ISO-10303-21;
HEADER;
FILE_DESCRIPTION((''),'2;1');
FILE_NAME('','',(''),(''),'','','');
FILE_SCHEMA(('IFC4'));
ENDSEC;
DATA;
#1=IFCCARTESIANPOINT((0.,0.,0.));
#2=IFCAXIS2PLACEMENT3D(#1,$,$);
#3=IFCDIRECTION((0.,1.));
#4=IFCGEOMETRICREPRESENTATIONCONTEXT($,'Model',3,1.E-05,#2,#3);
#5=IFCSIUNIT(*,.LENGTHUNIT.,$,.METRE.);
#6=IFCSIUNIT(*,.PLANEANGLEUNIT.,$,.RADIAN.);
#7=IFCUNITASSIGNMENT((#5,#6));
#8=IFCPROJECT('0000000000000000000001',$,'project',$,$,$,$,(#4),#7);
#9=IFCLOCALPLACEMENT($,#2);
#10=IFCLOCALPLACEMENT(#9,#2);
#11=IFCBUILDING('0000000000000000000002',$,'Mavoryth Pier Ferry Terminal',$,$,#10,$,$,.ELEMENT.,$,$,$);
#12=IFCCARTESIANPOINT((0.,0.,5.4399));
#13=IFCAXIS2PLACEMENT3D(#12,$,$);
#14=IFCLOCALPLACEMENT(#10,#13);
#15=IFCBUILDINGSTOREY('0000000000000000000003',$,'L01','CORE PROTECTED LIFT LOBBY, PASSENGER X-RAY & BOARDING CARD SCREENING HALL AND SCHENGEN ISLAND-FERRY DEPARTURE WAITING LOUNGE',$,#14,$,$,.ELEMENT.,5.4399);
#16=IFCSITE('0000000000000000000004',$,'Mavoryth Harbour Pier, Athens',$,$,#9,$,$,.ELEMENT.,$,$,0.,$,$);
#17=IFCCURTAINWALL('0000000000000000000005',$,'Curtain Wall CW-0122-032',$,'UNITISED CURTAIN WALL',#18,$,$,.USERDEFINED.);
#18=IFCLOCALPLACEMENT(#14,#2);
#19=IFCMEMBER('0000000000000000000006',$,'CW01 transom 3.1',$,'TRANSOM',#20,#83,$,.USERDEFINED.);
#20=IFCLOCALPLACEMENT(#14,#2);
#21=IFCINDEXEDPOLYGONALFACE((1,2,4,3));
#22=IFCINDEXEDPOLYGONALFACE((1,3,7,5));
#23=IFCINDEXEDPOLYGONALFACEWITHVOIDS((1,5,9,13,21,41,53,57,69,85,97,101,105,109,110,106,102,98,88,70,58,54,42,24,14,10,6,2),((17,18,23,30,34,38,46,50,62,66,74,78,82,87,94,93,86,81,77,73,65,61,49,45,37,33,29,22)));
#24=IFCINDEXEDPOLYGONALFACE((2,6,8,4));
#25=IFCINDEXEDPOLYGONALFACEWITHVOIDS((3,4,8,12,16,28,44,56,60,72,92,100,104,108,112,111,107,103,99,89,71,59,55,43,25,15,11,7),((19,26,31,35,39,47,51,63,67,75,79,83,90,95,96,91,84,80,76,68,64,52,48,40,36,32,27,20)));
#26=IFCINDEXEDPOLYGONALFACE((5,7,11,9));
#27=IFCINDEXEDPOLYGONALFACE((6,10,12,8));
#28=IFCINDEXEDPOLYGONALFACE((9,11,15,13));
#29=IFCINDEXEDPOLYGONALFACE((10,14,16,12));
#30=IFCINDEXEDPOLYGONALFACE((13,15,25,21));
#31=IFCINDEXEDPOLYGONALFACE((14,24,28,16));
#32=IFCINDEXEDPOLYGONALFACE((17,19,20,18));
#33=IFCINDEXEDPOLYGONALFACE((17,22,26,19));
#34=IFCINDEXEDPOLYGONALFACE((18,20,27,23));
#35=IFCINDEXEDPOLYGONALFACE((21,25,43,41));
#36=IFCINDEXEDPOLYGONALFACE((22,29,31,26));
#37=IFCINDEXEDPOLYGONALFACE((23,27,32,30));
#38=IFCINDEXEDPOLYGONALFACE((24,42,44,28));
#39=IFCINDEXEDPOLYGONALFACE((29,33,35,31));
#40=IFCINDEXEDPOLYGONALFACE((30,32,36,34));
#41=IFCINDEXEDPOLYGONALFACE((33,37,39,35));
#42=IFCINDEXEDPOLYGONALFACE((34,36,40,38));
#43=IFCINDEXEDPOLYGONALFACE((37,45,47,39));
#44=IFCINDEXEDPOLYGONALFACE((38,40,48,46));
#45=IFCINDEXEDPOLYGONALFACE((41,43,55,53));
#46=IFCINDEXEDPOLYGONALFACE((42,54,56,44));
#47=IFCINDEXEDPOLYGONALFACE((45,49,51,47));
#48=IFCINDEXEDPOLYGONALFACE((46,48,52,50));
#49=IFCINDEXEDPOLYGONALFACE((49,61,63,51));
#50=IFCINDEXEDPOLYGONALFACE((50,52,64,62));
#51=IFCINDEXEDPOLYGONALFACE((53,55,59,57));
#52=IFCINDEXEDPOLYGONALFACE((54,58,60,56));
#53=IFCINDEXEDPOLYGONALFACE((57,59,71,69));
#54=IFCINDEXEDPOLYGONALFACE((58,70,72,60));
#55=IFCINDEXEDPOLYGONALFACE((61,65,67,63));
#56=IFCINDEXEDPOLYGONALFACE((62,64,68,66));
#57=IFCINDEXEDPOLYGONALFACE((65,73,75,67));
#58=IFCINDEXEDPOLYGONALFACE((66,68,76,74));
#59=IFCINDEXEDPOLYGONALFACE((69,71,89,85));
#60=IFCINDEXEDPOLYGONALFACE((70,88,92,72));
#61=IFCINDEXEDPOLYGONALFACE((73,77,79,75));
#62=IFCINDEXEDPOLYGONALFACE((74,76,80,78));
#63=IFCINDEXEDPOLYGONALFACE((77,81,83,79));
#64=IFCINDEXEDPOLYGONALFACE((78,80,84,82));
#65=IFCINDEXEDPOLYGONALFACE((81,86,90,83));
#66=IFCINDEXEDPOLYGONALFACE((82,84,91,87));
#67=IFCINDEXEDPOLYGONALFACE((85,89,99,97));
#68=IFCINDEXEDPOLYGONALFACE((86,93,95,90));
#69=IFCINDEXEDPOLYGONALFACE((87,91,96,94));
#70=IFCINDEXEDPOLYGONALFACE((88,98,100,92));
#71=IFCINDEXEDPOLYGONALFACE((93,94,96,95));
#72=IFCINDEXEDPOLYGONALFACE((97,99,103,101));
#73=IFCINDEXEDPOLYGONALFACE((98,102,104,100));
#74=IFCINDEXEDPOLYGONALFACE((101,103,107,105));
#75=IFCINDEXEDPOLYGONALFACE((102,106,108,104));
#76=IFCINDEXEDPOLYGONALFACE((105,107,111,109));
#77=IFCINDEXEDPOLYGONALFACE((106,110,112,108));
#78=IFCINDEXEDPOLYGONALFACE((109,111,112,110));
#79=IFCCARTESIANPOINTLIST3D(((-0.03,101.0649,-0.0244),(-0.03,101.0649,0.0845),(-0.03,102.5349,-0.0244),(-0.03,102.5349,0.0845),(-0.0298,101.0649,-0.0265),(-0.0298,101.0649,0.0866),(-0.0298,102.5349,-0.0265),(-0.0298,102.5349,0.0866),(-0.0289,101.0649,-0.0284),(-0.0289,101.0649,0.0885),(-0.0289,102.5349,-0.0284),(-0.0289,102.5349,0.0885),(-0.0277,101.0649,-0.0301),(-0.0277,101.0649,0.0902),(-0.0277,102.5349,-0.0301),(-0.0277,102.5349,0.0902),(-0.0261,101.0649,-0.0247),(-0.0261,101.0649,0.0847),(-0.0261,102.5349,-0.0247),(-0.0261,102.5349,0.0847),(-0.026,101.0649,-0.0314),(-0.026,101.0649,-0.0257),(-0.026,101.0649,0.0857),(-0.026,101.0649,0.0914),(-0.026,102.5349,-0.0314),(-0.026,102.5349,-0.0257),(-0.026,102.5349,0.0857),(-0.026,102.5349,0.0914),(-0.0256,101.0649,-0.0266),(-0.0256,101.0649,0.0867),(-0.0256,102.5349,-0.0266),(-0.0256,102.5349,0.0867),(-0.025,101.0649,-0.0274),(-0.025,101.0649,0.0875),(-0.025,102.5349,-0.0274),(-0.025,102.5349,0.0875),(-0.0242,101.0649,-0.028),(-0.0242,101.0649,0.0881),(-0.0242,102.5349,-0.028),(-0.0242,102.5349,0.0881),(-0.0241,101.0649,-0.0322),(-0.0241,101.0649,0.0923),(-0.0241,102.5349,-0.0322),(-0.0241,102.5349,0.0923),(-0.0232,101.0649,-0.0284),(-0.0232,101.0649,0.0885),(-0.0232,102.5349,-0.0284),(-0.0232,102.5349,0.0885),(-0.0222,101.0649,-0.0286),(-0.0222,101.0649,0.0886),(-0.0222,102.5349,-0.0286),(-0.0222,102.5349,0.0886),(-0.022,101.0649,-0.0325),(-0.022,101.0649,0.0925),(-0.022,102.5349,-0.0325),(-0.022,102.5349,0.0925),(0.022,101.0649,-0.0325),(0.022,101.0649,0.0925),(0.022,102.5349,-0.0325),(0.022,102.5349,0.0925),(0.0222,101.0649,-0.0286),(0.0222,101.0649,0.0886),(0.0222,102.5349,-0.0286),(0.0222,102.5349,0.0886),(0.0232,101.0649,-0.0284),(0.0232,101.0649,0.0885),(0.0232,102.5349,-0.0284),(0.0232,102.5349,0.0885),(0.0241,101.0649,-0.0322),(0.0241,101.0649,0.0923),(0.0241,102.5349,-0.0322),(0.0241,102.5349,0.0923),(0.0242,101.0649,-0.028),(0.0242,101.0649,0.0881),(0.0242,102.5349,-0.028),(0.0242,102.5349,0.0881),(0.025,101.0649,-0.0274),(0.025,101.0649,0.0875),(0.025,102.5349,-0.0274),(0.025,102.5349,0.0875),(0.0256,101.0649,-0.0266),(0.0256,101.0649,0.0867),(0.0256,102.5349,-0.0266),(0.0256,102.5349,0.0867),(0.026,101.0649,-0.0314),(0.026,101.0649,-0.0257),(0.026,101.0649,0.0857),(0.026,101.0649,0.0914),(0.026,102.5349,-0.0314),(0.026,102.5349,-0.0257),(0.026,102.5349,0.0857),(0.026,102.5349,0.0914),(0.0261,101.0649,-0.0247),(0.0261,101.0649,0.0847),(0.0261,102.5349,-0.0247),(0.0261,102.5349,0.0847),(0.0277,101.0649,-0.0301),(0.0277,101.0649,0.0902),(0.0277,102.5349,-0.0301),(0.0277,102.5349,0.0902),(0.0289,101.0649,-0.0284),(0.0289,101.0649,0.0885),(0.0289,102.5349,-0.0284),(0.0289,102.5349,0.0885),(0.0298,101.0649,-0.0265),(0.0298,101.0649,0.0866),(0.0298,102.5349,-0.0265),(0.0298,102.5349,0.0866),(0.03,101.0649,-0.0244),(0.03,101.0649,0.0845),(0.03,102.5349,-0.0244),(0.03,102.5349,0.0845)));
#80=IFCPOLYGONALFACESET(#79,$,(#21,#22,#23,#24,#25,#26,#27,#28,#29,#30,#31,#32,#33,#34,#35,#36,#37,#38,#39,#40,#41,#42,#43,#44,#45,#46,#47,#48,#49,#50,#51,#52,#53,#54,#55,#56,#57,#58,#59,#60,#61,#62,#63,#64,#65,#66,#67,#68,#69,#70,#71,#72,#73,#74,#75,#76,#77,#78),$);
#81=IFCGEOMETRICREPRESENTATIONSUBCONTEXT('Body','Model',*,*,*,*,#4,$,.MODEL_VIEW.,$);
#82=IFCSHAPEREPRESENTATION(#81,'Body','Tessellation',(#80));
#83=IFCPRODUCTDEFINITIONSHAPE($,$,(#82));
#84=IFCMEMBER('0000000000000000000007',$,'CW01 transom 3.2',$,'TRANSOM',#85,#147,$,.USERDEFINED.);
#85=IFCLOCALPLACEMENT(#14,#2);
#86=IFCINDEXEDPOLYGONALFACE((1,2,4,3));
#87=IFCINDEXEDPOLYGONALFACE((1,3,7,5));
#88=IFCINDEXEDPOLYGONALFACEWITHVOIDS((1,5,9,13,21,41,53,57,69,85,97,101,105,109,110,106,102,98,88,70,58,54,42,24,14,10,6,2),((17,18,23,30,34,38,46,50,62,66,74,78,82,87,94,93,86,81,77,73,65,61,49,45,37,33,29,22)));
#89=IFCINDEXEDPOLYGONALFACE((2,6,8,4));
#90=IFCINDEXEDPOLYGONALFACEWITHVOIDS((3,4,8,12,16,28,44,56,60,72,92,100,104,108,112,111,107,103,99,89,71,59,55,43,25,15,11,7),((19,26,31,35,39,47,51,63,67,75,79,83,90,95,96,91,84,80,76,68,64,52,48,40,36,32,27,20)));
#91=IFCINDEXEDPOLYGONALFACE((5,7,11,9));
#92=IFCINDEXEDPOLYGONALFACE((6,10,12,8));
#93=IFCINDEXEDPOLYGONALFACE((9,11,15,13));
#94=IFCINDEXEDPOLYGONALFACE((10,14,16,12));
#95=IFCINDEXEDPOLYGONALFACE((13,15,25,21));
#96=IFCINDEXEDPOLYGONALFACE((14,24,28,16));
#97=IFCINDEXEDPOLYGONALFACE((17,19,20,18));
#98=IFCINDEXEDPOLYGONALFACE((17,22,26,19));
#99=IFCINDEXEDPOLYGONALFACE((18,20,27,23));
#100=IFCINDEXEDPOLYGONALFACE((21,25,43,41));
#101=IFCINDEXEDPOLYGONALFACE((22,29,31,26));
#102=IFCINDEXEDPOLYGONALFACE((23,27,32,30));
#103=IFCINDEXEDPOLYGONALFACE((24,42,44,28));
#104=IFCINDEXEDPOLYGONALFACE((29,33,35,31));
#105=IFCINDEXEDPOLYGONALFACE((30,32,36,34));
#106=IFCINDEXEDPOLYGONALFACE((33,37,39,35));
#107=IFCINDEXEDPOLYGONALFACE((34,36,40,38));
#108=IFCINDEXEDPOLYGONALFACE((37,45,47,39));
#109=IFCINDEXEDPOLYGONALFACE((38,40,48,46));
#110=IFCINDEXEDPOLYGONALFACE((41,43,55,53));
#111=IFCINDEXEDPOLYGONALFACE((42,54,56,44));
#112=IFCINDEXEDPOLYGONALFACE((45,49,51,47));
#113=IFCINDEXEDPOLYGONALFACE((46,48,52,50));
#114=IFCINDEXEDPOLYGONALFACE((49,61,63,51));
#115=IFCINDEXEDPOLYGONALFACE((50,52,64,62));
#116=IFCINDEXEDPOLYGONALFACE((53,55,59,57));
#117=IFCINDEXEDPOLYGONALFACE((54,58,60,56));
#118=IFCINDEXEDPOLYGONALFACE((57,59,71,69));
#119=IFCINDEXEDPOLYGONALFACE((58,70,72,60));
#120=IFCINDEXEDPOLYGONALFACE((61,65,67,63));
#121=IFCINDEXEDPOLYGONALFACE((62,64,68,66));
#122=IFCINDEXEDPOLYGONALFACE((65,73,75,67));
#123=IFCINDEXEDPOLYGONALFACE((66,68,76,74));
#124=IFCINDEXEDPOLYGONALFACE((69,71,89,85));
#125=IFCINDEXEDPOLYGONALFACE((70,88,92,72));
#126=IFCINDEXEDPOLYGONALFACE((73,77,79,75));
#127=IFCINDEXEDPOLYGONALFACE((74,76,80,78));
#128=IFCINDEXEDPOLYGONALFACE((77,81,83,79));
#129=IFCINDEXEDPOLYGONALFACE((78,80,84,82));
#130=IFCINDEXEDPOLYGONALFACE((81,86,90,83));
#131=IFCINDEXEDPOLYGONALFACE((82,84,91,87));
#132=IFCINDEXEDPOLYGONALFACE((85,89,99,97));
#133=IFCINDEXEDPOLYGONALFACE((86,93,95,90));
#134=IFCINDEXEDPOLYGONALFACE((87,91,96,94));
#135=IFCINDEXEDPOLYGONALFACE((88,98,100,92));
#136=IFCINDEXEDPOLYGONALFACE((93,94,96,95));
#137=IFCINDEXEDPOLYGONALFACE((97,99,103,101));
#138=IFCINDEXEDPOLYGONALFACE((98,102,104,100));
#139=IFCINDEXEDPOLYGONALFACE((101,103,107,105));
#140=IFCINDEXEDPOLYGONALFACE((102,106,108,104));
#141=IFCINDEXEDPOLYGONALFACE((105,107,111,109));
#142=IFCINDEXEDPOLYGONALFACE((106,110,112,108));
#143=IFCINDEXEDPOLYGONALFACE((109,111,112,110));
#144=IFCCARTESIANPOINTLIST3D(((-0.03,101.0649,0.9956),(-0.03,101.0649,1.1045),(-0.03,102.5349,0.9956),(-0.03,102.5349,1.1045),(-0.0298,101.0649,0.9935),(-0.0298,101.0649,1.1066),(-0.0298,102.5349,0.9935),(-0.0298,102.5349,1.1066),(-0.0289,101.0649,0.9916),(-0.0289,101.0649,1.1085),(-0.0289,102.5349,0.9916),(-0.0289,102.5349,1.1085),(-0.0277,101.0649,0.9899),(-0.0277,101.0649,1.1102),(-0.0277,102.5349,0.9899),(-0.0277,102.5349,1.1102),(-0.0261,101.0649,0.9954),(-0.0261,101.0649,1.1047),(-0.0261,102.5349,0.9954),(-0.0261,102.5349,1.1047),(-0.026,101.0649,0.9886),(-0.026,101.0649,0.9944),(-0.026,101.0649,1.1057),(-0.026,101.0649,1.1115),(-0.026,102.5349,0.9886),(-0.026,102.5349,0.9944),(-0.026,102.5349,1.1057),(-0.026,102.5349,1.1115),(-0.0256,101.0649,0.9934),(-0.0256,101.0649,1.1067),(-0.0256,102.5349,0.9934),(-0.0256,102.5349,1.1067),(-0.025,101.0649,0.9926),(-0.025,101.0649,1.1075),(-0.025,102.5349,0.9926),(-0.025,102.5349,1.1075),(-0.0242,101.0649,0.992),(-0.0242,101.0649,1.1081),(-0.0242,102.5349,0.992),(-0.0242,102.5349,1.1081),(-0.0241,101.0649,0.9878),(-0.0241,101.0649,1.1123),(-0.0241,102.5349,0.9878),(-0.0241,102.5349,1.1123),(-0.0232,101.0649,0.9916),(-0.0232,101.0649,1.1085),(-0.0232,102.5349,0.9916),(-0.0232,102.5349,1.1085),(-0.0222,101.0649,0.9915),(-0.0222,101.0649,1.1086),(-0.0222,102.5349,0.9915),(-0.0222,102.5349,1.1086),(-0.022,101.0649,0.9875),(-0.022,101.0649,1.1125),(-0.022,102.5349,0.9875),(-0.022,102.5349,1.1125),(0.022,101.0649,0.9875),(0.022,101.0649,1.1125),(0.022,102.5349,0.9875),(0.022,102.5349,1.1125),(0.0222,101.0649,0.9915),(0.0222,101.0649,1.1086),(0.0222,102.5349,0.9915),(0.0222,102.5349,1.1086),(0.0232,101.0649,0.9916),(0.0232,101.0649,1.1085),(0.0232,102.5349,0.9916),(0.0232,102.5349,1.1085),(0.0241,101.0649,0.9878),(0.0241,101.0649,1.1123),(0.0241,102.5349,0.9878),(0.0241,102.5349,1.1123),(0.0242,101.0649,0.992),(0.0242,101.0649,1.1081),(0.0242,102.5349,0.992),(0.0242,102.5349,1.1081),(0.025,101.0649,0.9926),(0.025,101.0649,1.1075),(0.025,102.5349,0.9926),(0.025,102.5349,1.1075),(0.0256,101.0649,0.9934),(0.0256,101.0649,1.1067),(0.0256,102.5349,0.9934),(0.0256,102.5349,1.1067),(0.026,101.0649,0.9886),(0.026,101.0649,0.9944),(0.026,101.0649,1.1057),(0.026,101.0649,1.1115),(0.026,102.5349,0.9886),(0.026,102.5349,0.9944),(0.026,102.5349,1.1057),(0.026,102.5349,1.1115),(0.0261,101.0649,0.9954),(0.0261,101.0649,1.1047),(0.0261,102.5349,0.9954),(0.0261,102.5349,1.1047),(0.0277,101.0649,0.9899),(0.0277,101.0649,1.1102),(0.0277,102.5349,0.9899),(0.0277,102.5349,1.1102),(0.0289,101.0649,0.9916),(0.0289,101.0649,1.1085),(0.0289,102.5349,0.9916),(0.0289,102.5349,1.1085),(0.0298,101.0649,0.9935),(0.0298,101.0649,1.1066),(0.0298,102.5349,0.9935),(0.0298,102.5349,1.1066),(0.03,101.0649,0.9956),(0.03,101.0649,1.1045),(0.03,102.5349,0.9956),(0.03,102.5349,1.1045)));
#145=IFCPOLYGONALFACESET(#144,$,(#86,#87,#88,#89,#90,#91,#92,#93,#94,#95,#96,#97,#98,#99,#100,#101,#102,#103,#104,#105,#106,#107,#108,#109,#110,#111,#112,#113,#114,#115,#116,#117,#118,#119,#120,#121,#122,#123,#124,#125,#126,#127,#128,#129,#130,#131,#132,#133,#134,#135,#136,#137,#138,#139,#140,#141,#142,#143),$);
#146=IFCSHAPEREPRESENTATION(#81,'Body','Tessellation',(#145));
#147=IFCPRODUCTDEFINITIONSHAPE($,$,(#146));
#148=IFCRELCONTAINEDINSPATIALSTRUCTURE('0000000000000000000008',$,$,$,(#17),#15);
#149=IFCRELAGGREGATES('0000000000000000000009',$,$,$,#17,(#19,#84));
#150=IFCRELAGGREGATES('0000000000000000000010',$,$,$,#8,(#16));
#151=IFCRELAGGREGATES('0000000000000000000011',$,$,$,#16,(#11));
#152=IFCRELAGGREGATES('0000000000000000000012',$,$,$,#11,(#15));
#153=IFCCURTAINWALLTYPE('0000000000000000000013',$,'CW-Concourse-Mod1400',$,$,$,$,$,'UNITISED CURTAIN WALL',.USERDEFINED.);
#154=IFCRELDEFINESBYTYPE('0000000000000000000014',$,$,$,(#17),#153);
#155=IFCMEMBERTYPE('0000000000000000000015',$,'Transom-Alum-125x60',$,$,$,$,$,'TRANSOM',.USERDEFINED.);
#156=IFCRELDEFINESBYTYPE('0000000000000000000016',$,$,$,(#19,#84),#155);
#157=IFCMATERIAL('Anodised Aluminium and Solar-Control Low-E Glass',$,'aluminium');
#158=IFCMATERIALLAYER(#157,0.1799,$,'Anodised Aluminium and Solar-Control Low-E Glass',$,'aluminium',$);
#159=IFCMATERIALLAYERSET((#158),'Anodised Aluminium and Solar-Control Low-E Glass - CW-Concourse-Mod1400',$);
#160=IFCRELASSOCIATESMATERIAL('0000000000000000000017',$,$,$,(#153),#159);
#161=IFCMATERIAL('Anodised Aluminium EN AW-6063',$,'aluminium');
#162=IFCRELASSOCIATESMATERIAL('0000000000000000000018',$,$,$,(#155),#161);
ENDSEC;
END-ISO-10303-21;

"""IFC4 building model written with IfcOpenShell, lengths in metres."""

from ifc_helpers import new_model, si_unit, direction, frame, origin, origin_2d, place, context, subcontext, project, spatial, hollow_rectangle, extrude, material, layer, layer_set, material_profile, profile_set, type_object, element, aggregate, save


model = new_model("IFC4")

# Units and contexts
model_context = context("Model", 3, precision=1e-05, world=origin(), true_north=direction((0.0, 1.0)))
body_context = subcontext(model_context, "Body", "Model", "MODEL_VIEW")
ifc_project = project(units=[si_unit("LENGTHUNIT", "METRE"), si_unit("PLANEANGLEUNIT", "RADIAN")], contexts=[model_context])

# Site, building, storey
site_placement = place(None, origin())
site = spatial("IfcSite", under=ifc_project, at=site_placement, Name="Mavoryth Harbour Pier, Athens", CompositionType="ELEMENT", RefElevation=0.0)
building_placement = place(site_placement, origin())
building = spatial("IfcBuilding", under=site, at=building_placement, Name="Mavoryth Pier Ferry Terminal", CompositionType="ELEMENT")
storey_placement = place(building_placement, frame((0.0, 0.0, 5.4399)))
storey = spatial("IfcBuildingStorey", under=building, at=storey_placement, Name="L01", Description="CORE PROTECTED LIFT LOBBY, PASSENGER X-RAY & BOARDING CARD SCREENING HALL AND SCHENGEN ISLAND-FERRY DEPARTURE WAITING LOUNGE", CompositionType="ELEMENT", Elevation=5.4399)

# Curtain wall
ifc_material_1 = material(Name="Anodised Aluminium and Solar-Control Low-E Glass", Category="aluminium")
ifc_layer_1 = layer(ifc_material_1, 0.1799, Name="Anodised Aluminium and Solar-Control Low-E Glass", Category="aluminium")
ifc_layer_set_1 = layer_set([ifc_layer_1], Name="Anodised Aluminium and Solar-Control Low-E Glass - CW-Concourse-Mod1400")
curtain_wall_type = type_object("IfcCurtainWallType", Name="CW-Concourse-Mod1400", ElementType="UNITISED CURTAIN WALL", PredefinedType="USERDEFINED", material=ifc_layer_set_1)
curtain_wall_placement = place(storey_placement, origin())
curtain_wall = element("IfcCurtainWall", 1, at=curtain_wall_placement, inside=storey, type_object=curtain_wall_type, Name="Curtain Wall CW-0122-032", ObjectType="UNITISED CURTAIN WALL", PredefinedType="USERDEFINED")
ifc_material_2 = material(Name="Anodised Aluminium EN AW-6063", Category="aluminium")

# Members
ifc_material_profile_1 = material_profile(ifc_material_2, hollow_rectangle(XDim=0.0601, YDim=0.125, WallThickness=0.0039, InnerFilletRadius=0.0039, OuterFilletRadius=0.0081, at=origin_2d()), Name="AL-TRAN 125x60x4", Category="aluminium")
ifc_profile_set_1 = profile_set([ifc_material_profile_1], Name="Anodised Aluminium EN AW-6063 - AL-TRAN 125x60x4")
member_type_1 = type_object("IfcMemberType", Name="Transom-Alum-125x60", ElementType="TRANSOM", PredefinedType="USERDEFINED", material=ifc_profile_set_1)
member_1_placement = place(storey_placement, frame((0.0, 102.5349, 0.03), z_axis=(0.0, -1.0, 0.0), x_axis=(1.0, 0.0, 0.0)))
member_1 = element("IfcMember", 2, at=member_1_placement, type_object=member_type_1, Name="CW01 transom 3.1", ObjectType="TRANSOM", PredefinedType="USERDEFINED", context=body_context, shape_type="SweptSolid", body=[
    extrude(hollow_rectangle(XDim=0.0601, YDim=0.125, WallThickness=0.0039, InnerFilletRadius=0.0039, OuterFilletRadius=0.0081, at=origin_2d()), origin(), (0.0, 0.0, 1.0), 1.47),
])
member_2_placement = place(storey_placement, frame((0.0, 102.5349, 1.05), z_axis=(0.0, -1.0, 0.0), x_axis=(1.0, 0.0, 0.0)))
member_2 = element("IfcMember", 3, at=member_2_placement, type_object=member_type_1, Name="CW01 transom 3.2", ObjectType="TRANSOM", PredefinedType="USERDEFINED", context=body_context, shape_type="SweptSolid", body=[
    extrude(hollow_rectangle(XDim=0.0601, YDim=0.125, WallThickness=0.0039, InnerFilletRadius=0.0039, OuterFilletRadius=0.0081, at=origin_2d()), origin(), (0.0, 0.0, 1.0), 1.47),
])

aggregate(curtain_wall, [member_1, member_2])

save(model, "model.ifc")
